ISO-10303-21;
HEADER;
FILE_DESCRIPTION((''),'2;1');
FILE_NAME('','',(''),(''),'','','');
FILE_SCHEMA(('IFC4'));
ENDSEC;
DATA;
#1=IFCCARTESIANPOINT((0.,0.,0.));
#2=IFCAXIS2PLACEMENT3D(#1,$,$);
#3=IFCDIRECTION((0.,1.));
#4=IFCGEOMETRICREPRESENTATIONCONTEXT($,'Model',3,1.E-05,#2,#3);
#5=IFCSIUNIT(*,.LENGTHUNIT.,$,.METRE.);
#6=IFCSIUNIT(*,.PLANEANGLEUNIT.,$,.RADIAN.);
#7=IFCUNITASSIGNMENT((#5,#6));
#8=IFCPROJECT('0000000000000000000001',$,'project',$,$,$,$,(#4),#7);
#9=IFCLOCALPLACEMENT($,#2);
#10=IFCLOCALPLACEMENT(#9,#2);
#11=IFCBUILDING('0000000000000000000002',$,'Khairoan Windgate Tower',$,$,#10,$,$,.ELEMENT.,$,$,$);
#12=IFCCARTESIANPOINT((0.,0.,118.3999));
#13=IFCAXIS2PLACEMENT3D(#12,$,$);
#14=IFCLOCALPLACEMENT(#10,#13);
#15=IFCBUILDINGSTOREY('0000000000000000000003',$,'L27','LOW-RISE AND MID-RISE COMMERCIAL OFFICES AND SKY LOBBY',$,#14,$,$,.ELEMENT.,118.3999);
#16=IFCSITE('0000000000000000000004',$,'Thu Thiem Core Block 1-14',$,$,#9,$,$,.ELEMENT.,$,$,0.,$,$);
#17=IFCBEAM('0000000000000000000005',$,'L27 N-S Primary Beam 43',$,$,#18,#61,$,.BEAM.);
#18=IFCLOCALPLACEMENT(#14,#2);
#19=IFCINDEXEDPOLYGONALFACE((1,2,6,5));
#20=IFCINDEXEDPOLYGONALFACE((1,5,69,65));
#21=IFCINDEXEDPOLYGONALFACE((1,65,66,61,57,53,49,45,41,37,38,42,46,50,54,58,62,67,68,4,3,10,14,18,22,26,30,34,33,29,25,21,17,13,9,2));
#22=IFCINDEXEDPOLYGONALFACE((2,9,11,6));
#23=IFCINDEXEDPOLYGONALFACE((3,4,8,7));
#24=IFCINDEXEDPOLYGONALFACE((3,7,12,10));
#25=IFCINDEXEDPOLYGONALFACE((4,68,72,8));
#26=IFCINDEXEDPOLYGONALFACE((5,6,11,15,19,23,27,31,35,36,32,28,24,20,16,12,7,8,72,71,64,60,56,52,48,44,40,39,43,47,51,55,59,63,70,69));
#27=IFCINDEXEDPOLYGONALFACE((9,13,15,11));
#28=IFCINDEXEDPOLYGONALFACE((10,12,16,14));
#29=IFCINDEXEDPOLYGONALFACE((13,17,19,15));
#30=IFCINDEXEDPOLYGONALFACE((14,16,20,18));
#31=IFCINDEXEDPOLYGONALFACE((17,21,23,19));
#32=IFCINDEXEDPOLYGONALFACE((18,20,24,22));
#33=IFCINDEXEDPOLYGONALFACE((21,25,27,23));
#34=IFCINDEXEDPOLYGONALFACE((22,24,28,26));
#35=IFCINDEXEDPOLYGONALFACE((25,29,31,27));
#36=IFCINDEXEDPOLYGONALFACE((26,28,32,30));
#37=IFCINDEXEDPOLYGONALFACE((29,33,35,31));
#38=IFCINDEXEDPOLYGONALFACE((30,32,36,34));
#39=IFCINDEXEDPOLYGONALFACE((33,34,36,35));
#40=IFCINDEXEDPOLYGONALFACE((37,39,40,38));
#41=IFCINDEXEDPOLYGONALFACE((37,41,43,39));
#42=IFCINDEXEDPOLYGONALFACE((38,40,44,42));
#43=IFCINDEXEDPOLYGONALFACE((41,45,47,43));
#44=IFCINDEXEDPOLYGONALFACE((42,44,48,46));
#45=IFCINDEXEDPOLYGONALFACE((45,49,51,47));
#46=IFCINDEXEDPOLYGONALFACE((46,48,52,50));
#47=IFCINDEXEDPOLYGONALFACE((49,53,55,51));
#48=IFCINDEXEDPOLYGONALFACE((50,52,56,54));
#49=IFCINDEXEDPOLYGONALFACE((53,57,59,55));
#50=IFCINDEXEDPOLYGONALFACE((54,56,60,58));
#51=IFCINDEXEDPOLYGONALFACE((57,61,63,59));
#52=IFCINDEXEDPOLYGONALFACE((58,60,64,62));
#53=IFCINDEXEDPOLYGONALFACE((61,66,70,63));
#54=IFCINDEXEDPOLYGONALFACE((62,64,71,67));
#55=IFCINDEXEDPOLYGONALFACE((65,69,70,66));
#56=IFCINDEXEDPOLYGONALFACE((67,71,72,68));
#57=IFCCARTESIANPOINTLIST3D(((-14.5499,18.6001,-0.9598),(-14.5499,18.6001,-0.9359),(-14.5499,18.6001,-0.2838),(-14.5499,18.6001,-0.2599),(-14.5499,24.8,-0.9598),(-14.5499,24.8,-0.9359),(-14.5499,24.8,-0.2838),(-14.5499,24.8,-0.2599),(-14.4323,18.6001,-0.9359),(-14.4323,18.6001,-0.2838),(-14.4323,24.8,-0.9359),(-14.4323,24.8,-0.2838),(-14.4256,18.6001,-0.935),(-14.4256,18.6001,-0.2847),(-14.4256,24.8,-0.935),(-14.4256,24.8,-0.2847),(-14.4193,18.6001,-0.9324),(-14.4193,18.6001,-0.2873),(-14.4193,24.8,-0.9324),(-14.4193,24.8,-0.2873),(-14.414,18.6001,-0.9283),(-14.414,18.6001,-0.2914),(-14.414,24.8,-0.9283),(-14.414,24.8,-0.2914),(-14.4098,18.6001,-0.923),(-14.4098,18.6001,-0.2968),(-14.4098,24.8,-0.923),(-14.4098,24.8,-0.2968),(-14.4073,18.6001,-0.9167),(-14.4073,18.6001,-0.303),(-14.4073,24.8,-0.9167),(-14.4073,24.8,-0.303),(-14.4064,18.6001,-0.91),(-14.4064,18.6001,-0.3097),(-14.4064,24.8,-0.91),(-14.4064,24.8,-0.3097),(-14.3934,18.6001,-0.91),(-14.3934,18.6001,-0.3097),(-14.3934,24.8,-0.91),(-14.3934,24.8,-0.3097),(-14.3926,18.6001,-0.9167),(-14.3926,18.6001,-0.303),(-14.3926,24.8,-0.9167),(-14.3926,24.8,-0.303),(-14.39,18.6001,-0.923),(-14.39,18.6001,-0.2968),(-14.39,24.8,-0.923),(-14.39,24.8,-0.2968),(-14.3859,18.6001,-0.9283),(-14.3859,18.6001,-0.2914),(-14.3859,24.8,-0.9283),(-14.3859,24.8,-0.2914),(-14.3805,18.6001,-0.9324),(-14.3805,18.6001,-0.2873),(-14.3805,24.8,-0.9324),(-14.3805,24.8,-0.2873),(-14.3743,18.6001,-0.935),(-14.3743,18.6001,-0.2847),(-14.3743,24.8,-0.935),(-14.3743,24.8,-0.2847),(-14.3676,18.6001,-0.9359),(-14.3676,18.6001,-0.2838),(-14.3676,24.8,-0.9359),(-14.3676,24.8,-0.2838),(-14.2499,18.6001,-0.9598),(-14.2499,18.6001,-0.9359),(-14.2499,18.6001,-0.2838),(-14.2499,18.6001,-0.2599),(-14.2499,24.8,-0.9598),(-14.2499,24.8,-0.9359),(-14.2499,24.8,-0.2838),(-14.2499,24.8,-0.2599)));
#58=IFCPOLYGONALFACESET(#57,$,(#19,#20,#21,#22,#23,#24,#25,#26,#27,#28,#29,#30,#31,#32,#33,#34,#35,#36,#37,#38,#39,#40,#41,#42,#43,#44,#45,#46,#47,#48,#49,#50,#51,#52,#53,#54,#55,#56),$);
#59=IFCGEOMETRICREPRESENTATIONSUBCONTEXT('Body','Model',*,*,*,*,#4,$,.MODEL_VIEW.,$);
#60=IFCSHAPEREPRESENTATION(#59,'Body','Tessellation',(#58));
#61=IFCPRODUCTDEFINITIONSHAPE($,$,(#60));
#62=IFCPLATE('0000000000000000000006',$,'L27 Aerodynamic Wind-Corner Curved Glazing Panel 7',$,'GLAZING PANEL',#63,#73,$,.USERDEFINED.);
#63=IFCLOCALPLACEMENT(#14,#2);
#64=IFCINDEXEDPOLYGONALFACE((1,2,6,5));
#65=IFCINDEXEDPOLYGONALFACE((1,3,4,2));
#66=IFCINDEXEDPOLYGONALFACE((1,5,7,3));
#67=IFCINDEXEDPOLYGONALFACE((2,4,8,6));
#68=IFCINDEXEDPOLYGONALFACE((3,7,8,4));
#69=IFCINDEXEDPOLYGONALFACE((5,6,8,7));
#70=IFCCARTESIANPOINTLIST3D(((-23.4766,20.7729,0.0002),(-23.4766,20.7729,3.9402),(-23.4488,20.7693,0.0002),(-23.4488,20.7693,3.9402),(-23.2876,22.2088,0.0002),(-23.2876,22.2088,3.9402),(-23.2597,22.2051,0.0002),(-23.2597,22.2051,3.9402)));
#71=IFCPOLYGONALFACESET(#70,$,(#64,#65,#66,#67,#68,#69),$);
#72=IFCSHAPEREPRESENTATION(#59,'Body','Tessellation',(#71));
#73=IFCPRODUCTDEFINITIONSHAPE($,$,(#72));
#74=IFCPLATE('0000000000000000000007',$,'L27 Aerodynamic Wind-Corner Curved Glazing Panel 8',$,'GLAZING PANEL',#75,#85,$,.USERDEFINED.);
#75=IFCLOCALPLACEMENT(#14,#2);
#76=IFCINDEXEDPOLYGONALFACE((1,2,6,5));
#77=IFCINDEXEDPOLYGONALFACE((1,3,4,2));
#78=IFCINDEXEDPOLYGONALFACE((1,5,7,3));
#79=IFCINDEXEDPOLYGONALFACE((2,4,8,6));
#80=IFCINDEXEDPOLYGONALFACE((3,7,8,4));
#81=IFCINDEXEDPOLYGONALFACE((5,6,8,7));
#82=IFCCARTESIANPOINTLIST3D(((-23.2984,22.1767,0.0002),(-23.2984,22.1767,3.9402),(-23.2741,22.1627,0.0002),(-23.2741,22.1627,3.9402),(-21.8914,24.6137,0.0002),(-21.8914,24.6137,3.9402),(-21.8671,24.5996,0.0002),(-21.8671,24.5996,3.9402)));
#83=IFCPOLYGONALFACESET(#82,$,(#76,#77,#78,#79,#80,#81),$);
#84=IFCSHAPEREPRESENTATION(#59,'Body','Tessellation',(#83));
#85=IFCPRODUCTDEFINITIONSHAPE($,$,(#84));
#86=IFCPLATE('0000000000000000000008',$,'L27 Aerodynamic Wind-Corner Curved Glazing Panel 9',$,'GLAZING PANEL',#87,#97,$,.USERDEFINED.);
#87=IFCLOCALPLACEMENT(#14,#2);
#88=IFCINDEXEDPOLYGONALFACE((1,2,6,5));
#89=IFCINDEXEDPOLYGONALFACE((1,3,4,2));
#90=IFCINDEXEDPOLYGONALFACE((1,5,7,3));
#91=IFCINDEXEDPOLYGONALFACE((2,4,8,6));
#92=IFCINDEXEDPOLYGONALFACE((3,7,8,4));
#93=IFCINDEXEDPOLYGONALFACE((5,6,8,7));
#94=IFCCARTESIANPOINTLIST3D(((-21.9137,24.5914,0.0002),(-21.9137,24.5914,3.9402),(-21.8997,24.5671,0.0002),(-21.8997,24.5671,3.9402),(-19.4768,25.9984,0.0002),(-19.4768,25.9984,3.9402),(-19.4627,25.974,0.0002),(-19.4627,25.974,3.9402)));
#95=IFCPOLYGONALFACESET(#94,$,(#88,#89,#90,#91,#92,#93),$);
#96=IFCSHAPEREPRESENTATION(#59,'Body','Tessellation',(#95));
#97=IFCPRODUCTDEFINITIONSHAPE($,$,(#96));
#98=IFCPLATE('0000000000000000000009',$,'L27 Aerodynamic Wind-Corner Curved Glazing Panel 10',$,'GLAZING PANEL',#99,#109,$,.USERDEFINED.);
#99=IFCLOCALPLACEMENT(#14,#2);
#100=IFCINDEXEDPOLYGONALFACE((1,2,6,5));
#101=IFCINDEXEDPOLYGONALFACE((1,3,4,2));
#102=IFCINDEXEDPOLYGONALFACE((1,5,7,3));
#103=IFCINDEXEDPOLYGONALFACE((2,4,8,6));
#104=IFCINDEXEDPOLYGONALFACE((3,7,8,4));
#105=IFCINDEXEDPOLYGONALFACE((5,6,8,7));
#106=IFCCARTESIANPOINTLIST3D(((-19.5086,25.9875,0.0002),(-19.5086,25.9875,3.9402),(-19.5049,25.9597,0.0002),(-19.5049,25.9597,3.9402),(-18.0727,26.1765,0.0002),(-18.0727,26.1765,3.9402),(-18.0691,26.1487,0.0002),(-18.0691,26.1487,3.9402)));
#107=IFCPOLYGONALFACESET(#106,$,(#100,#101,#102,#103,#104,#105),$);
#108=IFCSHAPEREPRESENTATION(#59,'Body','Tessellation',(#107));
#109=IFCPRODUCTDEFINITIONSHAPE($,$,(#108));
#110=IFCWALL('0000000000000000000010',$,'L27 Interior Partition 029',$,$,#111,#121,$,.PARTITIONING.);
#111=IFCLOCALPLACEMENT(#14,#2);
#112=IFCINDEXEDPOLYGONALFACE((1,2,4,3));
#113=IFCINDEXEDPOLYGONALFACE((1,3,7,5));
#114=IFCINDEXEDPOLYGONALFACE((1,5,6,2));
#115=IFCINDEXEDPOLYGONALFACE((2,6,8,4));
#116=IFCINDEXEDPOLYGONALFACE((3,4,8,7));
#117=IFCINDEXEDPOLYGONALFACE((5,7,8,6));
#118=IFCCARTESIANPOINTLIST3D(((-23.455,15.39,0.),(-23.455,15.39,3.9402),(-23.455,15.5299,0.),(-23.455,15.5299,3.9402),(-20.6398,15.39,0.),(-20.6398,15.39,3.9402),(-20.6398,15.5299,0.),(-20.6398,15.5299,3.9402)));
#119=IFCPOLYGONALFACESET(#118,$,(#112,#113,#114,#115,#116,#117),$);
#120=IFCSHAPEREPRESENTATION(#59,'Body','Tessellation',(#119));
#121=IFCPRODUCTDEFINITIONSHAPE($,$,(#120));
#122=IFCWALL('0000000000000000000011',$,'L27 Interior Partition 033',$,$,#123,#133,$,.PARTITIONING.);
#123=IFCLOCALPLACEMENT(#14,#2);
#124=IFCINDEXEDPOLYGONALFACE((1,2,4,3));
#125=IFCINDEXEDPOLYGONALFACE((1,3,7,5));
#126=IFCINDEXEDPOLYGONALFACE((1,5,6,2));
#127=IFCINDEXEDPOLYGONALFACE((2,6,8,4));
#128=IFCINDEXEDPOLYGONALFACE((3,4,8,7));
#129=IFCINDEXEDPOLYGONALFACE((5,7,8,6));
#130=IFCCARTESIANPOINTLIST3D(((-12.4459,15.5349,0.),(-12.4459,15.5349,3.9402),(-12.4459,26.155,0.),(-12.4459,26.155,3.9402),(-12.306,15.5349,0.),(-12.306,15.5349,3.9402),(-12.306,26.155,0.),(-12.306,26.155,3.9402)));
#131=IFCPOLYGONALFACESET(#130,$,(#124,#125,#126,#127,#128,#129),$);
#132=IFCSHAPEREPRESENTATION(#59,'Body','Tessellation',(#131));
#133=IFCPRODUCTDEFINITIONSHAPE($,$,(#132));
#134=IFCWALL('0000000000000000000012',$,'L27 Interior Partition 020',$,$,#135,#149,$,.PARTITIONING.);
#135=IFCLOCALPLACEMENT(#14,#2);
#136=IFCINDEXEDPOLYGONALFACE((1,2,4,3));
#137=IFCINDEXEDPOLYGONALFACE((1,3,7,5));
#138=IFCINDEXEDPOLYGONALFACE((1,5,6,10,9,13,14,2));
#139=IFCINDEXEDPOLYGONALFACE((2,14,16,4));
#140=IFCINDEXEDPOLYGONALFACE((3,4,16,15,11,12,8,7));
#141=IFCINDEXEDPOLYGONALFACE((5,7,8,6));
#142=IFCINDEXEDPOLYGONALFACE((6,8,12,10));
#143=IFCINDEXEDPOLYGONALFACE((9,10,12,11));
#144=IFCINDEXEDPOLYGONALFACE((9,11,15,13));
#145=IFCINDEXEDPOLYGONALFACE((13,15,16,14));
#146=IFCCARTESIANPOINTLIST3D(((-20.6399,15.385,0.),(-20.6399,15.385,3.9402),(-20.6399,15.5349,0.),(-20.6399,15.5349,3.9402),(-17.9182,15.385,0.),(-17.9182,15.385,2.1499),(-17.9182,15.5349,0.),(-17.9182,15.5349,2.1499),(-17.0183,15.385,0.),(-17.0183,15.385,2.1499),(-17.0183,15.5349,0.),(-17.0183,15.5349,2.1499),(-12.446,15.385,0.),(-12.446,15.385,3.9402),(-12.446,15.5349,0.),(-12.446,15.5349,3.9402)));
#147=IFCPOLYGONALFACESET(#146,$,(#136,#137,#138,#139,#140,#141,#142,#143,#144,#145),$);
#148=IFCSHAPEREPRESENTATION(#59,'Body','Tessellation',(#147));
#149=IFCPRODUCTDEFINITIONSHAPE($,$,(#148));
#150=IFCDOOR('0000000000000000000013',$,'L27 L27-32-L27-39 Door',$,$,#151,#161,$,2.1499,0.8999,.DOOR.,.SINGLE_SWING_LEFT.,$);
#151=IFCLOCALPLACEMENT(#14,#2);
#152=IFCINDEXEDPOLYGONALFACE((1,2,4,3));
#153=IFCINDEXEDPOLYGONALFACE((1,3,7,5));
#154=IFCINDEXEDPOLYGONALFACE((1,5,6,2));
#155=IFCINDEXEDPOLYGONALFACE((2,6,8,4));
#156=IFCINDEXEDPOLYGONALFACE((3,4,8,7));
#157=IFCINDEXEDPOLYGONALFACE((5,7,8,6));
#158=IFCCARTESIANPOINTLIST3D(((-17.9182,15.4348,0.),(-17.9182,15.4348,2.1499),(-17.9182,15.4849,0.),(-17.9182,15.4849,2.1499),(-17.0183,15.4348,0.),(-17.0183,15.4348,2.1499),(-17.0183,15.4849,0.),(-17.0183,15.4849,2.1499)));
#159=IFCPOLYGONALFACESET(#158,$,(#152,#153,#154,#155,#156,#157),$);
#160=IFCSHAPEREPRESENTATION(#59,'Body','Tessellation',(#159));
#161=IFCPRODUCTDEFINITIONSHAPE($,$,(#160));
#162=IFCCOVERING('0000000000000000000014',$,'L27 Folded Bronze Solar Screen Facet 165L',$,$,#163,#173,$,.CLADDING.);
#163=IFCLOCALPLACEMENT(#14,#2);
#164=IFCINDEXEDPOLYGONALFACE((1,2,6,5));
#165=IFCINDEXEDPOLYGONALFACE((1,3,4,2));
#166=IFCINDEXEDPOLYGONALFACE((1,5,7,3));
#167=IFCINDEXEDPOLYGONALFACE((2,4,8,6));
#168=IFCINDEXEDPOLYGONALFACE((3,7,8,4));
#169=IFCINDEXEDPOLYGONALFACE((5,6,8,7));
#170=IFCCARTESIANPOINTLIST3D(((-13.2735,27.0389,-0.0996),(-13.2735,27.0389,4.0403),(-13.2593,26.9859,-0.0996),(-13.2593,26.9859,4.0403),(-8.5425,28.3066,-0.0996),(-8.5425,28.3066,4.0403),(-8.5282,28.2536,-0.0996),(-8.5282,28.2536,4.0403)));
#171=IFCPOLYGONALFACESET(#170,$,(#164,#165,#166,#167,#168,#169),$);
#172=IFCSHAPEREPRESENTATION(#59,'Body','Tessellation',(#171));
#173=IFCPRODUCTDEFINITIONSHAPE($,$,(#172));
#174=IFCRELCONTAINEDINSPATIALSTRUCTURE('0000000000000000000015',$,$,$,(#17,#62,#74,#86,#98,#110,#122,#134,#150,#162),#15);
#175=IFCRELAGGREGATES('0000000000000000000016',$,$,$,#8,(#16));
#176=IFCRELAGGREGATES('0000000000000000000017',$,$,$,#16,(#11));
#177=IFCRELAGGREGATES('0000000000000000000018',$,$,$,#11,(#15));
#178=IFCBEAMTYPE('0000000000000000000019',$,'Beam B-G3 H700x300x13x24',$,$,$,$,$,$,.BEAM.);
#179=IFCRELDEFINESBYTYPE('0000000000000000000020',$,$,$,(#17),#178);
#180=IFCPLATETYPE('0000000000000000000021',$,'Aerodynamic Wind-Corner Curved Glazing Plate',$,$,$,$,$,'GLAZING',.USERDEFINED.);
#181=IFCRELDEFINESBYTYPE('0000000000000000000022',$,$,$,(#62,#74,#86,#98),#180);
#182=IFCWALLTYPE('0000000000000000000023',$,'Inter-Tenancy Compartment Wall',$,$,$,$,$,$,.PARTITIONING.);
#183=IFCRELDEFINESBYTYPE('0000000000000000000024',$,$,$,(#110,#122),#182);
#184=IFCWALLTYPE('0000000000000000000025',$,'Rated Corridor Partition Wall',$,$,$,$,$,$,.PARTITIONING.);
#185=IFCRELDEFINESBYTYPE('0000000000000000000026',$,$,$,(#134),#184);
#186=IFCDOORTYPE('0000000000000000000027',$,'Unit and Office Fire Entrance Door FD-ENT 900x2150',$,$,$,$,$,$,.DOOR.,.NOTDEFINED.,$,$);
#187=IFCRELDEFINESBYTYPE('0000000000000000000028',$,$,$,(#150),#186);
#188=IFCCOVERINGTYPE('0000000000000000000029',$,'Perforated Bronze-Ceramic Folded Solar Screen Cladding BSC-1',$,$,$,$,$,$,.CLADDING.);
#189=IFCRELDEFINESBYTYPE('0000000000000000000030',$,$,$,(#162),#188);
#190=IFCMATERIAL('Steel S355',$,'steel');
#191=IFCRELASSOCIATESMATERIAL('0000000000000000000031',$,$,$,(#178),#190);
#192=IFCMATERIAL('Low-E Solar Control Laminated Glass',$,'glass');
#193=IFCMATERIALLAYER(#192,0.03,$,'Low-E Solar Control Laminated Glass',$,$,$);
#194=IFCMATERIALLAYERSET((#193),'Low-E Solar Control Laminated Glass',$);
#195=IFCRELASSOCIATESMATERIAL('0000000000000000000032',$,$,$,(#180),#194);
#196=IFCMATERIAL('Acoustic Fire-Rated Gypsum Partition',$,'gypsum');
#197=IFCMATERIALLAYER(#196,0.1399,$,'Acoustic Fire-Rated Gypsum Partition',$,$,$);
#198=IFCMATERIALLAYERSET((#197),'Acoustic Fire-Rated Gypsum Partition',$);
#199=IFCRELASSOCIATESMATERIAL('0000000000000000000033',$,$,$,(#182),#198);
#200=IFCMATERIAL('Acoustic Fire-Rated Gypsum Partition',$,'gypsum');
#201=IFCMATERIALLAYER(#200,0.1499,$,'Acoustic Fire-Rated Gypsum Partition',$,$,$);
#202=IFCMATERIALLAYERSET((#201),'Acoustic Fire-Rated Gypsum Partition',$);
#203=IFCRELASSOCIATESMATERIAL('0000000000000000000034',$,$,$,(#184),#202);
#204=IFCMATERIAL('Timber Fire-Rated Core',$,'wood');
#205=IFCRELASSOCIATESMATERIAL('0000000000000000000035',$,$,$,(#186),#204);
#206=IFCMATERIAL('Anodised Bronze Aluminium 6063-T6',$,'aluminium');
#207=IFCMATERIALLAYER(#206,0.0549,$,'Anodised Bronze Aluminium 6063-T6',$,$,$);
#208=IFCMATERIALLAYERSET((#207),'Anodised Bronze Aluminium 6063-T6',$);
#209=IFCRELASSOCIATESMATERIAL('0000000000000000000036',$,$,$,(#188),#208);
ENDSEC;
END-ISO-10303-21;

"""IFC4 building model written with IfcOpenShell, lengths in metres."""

from ifc_helpers import new_model, si_unit, direction, frame, frame_2d, origin, origin_2d, place, context, subcontext, project, spatial, rectangle, i_section, extrude, material, layer, layer_set, material_profile, profile_set, type_object, element, fill, save


model = new_model("IFC4")

# Units and contexts
model_context = context("Model", 3, precision=1e-05, world=origin(), true_north=direction((0.0, 1.0)))
body_context = subcontext(model_context, "Body", "Model", "MODEL_VIEW")
ifc_project = project(units=[si_unit("LENGTHUNIT", "METRE"), si_unit("PLANEANGLEUNIT", "RADIAN")], contexts=[model_context])

# Site, building, storey
site_placement = place(None, origin())
site = spatial("IfcSite", under=ifc_project, at=site_placement, Name="Thu Thiem Core Block 1-14", CompositionType="ELEMENT", RefElevation=0.0)
building_placement = place(site_placement, origin())
building = spatial("IfcBuilding", under=site, at=building_placement, Name="Khairoan Windgate Tower", CompositionType="ELEMENT")
storey_placement = place(building_placement, frame((0.0, 0.0, 118.3999)))
storey = spatial("IfcBuildingStorey", under=building, at=storey_placement, Name="L27", Description="LOW-RISE AND MID-RISE COMMERCIAL OFFICES AND SKY LOBBY", CompositionType="ELEMENT", Elevation=118.3999)

# Beam
ifc_material_1 = material(Name="Steel S355", Category="steel")
ifc_material_profile_1 = material_profile(ifc_material_1, i_section(OverallWidth=0.3, OverallDepth=0.7, WebThickness=0.0129, FlangeThickness=0.0239, FilletRadius=0.0259, at=origin_2d()))
ifc_profile_set_1 = profile_set([ifc_material_profile_1], Name="Steel S355")
beam_type = type_object("IfcBeamType", Name="Beam B-G3 H700x300x13x24", PredefinedType="BEAM", material=ifc_profile_set_1)
beam_1_placement = place(storey_placement, frame((-14.3999, 18.6001, -0.6099), z_axis=(0.0, 1.0, 0.0), x_axis=(-1.0, 0.0, 0.0)))
element("IfcBeam", 1, at=beam_1_placement, inside=storey, type_object=beam_type, Name="L27 N-S Primary Beam 43", PredefinedType="BEAM", context=body_context, shape_type="SweptSolid", body=[
    extrude(i_section(OverallWidth=0.3, OverallDepth=0.7, WebThickness=0.0129, FlangeThickness=0.0239, FilletRadius=0.0259, at=origin_2d()), origin(), (0.0, 0.0, 1.0), 6.2),
])

# Plates
ifc_material_2 = material(Name="Low-E Solar Control Laminated Glass", Category="glass")
ifc_layer_1 = layer(ifc_material_2, 0.03, Name="Low-E Solar Control Laminated Glass")
ifc_layer_set_1 = layer_set([ifc_layer_1], Name="Low-E Solar Control Laminated Glass")
plate_type_1 = type_object("IfcPlateType", Name="Aerodynamic Wind-Corner Curved Glazing Plate", ElementType="GLAZING", PredefinedType="USERDEFINED", material=ifc_layer_set_1)
plate_1_placement = place(storey_placement, frame((-23.3682, 21.489, 0.0002), z_axis=(0.0, 0.0, 1.0), x_axis=(0.130526, 0.991445, 0.0)))
element("IfcPlate", 2, at=plate_1_placement, inside=storey, type_object=plate_type_1, Name="L27 Aerodynamic Wind-Corner Curved Glazing Panel 7", ObjectType="GLAZING PANEL", PredefinedType="USERDEFINED", context=body_context, shape_type="SweptSolid", body=[
    extrude(rectangle(XDim=1.4482, YDim=0.0281, at=origin_2d()), origin(), (0.0, 0.0, 1.0), 3.9399),
])
for number, where, z_axis, x_axis, name in (
    (3, (-22.5828, 23.3882, 0.0002), (0.0, 0.0, 1.0), (0.5, 0.866025, 0.0), "L27 Aerodynamic Wind-Corner Curved Glazing Panel 8"),
    (4, (-20.6882, 25.2827, 0.0002), (0.0, 0.0, 1.0), (0.866025, 0.5, 0.0), "L27 Aerodynamic Wind-Corner Curved Glazing Panel 9"),
):
    element("IfcPlate", number, at=place(storey_placement, frame(where, z_axis=z_axis, x_axis=x_axis)), inside=storey, type_object=plate_type_1, Name=name, ObjectType="GLAZING PANEL", PredefinedType="USERDEFINED", context=body_context, shape_type="SweptSolid", body=[
        extrude(rectangle(XDim=2.814, YDim=0.0281, at=origin_2d()), origin(), (0.0, 0.0, 1.0), 3.9399),
    ])
plate_2_placement = place(storey_placement, frame((-18.7888, 26.0681, 0.0002), z_axis=(0.0, 0.0, 1.0), x_axis=(0.991445, 0.130526, 0.0)))
element("IfcPlate", 5, at=plate_2_placement, inside=storey, type_object=plate_type_1, Name="L27 Aerodynamic Wind-Corner Curved Glazing Panel 10", ObjectType="GLAZING PANEL", PredefinedType="USERDEFINED", context=body_context, shape_type="SweptSolid", body=[
    extrude(rectangle(XDim=1.4482, YDim=0.0281, at=origin_2d()), origin(), (0.0, 0.0, 1.0), 3.9399),
])

# Walls
ifc_material_3 = material(Name="Acoustic Fire-Rated Gypsum Partition", Category="gypsum")
ifc_layer_2 = layer(ifc_material_3, 0.1399, Name="Acoustic Fire-Rated Gypsum Partition")
ifc_layer_set_2 = layer_set([ifc_layer_2], Name="Acoustic Fire-Rated Gypsum Partition")
wall_type_1 = type_object("IfcWallType", Name="Inter-Tenancy Compartment Wall", PredefinedType="PARTITIONING", material=ifc_layer_set_2)
wall_1_placement = place(storey_placement, frame((-23.4551, 15.46, 0.0), z_axis=(0.0, 0.0, 1.0), x_axis=(1.0, 0.0, 0.0)))
element("IfcWall", 6, at=wall_1_placement, inside=storey, type_object=wall_type_1, Name="L27 Interior Partition 029", PredefinedType="PARTITIONING", context=body_context, shape_type="SweptSolid", body=[
    extrude(rectangle(XDim=2.8152, YDim=0.1399, at=frame_2d((1.4077, 0.0))), origin(), (0.0, 0.0, 1.0), 3.9402),
])
wall_2_placement = place(storey_placement, frame((-12.376, 15.5349, 0.0), z_axis=(0.0, 0.0, 1.0), x_axis=(0.0, 1.0, 0.0)))
element("IfcWall", 7, at=wall_2_placement, inside=storey, type_object=wall_type_1, Name="L27 Interior Partition 033", PredefinedType="PARTITIONING", context=body_context, shape_type="SweptSolid", body=[
    extrude(rectangle(XDim=10.6201, YDim=0.1399, at=frame_2d((5.3101, 0.0))), origin(), (0.0, 0.0, 1.0), 3.9402),
])

# Wall, opening, door
ifc_material_4 = material(Name="Acoustic Fire-Rated Gypsum Partition", Category="gypsum")
ifc_layer_3 = layer(ifc_material_4, 0.1499, Name="Acoustic Fire-Rated Gypsum Partition")
ifc_layer_set_3 = layer_set([ifc_layer_3], Name="Acoustic Fire-Rated Gypsum Partition")
wall_type_2 = type_object("IfcWallType", Name="Rated Corridor Partition Wall", PredefinedType="PARTITIONING", material=ifc_layer_set_3)
ifc_material_5 = material(Name="Timber Fire-Rated Core", Category="wood")
door_type = type_object("IfcDoorType", Name="Unit and Office Fire Entrance Door FD-ENT 900x2150", OperationType="NOTDEFINED", PredefinedType="DOOR", material=ifc_material_5)
wall_3_placement = place(storey_placement, frame((-20.6399, 15.46, 0.0), z_axis=(0.0, 0.0, 1.0), x_axis=(1.0, 0.0, 0.0)))
wall_3 = element("IfcWall", 8, at=wall_3_placement, inside=storey, type_object=wall_type_2, Name="L27 Interior Partition 020", PredefinedType="PARTITIONING", context=body_context, shape_type="SweptSolid", body=[
    extrude(rectangle(XDim=8.1938, YDim=0.1499, at=frame_2d((4.0969, 0.0))), origin(), (0.0, 0.0, 1.0), 3.9402),
])
opening_1_placement = place(wall_3_placement, frame((2.7217, 0.0, 0.0)))
opening_1 = element("IfcOpeningElement", 9, at=opening_1_placement, cuts=wall_3, PredefinedType="OPENING", context=body_context, shape_type="SweptSolid", body=[
    extrude(rectangle(XDim=0.8999, YDim=2.1499, at=frame_2d((0.45, 1.075))), frame((0.0, 0.085, 0.0), z_axis=(0.0, -1.0, 0.0), x_axis=(1.0, 0.0, 0.0)), (0.0, 0.0, 1.0), 0.1699),
])
door_1_placement = place(opening_1_placement, origin())
door_1 = element("IfcDoor", 10, at=door_1_placement, inside=storey, type_object=door_type, Name="L27 L27-32-L27-39 Door", OperationType="SINGLE_SWING_LEFT", OverallHeight=2.1499, OverallWidth=0.8999, PredefinedType="DOOR", context=body_context, shape_type="SweptSolid", body=[
    extrude(rectangle(XDim=0.8999, YDim=2.1499, at=frame_2d((0.45, 1.075))), frame((0.0, 0.0249, 0.0), z_axis=(0.0, -1.0, 0.0), x_axis=(1.0, 0.0, 0.0)), (0.0, 0.0, 1.0), 0.05),
])
fill(opening_1, door_1)

# Covering
ifc_material_6 = material(Name="Anodised Bronze Aluminium 6063-T6", Category="aluminium")
ifc_layer_4 = layer(ifc_material_6, 0.0549, Name="Anodised Bronze Aluminium 6063-T6")
ifc_layer_set_4 = layer_set([ifc_layer_4], Name="Anodised Bronze Aluminium 6063-T6")
covering_type = type_object("IfcCoveringType", Name="Perforated Bronze-Ceramic Folded Solar Screen Cladding BSC-1", PredefinedType="CLADDING", material=ifc_layer_set_4)
covering_placement = place(storey_placement, frame((-10.9009, 27.6462, -0.0996), z_axis=(0.0, 0.0, 1.0), x_axis=(0.965926, 0.258819, 0.0)))
element("IfcCovering", 11, at=covering_placement, inside=storey, type_object=covering_type, Name="L27 Folded Bronze Solar Screen Facet 165L", PredefinedType="CLADDING", context=body_context, shape_type="SweptSolid", body=[
    extrude(rectangle(XDim=4.8979, YDim=0.0549, at=origin_2d()), origin(), (0.0, 0.0, 1.0), 4.1399),
])

save(model, "model.ifc")
